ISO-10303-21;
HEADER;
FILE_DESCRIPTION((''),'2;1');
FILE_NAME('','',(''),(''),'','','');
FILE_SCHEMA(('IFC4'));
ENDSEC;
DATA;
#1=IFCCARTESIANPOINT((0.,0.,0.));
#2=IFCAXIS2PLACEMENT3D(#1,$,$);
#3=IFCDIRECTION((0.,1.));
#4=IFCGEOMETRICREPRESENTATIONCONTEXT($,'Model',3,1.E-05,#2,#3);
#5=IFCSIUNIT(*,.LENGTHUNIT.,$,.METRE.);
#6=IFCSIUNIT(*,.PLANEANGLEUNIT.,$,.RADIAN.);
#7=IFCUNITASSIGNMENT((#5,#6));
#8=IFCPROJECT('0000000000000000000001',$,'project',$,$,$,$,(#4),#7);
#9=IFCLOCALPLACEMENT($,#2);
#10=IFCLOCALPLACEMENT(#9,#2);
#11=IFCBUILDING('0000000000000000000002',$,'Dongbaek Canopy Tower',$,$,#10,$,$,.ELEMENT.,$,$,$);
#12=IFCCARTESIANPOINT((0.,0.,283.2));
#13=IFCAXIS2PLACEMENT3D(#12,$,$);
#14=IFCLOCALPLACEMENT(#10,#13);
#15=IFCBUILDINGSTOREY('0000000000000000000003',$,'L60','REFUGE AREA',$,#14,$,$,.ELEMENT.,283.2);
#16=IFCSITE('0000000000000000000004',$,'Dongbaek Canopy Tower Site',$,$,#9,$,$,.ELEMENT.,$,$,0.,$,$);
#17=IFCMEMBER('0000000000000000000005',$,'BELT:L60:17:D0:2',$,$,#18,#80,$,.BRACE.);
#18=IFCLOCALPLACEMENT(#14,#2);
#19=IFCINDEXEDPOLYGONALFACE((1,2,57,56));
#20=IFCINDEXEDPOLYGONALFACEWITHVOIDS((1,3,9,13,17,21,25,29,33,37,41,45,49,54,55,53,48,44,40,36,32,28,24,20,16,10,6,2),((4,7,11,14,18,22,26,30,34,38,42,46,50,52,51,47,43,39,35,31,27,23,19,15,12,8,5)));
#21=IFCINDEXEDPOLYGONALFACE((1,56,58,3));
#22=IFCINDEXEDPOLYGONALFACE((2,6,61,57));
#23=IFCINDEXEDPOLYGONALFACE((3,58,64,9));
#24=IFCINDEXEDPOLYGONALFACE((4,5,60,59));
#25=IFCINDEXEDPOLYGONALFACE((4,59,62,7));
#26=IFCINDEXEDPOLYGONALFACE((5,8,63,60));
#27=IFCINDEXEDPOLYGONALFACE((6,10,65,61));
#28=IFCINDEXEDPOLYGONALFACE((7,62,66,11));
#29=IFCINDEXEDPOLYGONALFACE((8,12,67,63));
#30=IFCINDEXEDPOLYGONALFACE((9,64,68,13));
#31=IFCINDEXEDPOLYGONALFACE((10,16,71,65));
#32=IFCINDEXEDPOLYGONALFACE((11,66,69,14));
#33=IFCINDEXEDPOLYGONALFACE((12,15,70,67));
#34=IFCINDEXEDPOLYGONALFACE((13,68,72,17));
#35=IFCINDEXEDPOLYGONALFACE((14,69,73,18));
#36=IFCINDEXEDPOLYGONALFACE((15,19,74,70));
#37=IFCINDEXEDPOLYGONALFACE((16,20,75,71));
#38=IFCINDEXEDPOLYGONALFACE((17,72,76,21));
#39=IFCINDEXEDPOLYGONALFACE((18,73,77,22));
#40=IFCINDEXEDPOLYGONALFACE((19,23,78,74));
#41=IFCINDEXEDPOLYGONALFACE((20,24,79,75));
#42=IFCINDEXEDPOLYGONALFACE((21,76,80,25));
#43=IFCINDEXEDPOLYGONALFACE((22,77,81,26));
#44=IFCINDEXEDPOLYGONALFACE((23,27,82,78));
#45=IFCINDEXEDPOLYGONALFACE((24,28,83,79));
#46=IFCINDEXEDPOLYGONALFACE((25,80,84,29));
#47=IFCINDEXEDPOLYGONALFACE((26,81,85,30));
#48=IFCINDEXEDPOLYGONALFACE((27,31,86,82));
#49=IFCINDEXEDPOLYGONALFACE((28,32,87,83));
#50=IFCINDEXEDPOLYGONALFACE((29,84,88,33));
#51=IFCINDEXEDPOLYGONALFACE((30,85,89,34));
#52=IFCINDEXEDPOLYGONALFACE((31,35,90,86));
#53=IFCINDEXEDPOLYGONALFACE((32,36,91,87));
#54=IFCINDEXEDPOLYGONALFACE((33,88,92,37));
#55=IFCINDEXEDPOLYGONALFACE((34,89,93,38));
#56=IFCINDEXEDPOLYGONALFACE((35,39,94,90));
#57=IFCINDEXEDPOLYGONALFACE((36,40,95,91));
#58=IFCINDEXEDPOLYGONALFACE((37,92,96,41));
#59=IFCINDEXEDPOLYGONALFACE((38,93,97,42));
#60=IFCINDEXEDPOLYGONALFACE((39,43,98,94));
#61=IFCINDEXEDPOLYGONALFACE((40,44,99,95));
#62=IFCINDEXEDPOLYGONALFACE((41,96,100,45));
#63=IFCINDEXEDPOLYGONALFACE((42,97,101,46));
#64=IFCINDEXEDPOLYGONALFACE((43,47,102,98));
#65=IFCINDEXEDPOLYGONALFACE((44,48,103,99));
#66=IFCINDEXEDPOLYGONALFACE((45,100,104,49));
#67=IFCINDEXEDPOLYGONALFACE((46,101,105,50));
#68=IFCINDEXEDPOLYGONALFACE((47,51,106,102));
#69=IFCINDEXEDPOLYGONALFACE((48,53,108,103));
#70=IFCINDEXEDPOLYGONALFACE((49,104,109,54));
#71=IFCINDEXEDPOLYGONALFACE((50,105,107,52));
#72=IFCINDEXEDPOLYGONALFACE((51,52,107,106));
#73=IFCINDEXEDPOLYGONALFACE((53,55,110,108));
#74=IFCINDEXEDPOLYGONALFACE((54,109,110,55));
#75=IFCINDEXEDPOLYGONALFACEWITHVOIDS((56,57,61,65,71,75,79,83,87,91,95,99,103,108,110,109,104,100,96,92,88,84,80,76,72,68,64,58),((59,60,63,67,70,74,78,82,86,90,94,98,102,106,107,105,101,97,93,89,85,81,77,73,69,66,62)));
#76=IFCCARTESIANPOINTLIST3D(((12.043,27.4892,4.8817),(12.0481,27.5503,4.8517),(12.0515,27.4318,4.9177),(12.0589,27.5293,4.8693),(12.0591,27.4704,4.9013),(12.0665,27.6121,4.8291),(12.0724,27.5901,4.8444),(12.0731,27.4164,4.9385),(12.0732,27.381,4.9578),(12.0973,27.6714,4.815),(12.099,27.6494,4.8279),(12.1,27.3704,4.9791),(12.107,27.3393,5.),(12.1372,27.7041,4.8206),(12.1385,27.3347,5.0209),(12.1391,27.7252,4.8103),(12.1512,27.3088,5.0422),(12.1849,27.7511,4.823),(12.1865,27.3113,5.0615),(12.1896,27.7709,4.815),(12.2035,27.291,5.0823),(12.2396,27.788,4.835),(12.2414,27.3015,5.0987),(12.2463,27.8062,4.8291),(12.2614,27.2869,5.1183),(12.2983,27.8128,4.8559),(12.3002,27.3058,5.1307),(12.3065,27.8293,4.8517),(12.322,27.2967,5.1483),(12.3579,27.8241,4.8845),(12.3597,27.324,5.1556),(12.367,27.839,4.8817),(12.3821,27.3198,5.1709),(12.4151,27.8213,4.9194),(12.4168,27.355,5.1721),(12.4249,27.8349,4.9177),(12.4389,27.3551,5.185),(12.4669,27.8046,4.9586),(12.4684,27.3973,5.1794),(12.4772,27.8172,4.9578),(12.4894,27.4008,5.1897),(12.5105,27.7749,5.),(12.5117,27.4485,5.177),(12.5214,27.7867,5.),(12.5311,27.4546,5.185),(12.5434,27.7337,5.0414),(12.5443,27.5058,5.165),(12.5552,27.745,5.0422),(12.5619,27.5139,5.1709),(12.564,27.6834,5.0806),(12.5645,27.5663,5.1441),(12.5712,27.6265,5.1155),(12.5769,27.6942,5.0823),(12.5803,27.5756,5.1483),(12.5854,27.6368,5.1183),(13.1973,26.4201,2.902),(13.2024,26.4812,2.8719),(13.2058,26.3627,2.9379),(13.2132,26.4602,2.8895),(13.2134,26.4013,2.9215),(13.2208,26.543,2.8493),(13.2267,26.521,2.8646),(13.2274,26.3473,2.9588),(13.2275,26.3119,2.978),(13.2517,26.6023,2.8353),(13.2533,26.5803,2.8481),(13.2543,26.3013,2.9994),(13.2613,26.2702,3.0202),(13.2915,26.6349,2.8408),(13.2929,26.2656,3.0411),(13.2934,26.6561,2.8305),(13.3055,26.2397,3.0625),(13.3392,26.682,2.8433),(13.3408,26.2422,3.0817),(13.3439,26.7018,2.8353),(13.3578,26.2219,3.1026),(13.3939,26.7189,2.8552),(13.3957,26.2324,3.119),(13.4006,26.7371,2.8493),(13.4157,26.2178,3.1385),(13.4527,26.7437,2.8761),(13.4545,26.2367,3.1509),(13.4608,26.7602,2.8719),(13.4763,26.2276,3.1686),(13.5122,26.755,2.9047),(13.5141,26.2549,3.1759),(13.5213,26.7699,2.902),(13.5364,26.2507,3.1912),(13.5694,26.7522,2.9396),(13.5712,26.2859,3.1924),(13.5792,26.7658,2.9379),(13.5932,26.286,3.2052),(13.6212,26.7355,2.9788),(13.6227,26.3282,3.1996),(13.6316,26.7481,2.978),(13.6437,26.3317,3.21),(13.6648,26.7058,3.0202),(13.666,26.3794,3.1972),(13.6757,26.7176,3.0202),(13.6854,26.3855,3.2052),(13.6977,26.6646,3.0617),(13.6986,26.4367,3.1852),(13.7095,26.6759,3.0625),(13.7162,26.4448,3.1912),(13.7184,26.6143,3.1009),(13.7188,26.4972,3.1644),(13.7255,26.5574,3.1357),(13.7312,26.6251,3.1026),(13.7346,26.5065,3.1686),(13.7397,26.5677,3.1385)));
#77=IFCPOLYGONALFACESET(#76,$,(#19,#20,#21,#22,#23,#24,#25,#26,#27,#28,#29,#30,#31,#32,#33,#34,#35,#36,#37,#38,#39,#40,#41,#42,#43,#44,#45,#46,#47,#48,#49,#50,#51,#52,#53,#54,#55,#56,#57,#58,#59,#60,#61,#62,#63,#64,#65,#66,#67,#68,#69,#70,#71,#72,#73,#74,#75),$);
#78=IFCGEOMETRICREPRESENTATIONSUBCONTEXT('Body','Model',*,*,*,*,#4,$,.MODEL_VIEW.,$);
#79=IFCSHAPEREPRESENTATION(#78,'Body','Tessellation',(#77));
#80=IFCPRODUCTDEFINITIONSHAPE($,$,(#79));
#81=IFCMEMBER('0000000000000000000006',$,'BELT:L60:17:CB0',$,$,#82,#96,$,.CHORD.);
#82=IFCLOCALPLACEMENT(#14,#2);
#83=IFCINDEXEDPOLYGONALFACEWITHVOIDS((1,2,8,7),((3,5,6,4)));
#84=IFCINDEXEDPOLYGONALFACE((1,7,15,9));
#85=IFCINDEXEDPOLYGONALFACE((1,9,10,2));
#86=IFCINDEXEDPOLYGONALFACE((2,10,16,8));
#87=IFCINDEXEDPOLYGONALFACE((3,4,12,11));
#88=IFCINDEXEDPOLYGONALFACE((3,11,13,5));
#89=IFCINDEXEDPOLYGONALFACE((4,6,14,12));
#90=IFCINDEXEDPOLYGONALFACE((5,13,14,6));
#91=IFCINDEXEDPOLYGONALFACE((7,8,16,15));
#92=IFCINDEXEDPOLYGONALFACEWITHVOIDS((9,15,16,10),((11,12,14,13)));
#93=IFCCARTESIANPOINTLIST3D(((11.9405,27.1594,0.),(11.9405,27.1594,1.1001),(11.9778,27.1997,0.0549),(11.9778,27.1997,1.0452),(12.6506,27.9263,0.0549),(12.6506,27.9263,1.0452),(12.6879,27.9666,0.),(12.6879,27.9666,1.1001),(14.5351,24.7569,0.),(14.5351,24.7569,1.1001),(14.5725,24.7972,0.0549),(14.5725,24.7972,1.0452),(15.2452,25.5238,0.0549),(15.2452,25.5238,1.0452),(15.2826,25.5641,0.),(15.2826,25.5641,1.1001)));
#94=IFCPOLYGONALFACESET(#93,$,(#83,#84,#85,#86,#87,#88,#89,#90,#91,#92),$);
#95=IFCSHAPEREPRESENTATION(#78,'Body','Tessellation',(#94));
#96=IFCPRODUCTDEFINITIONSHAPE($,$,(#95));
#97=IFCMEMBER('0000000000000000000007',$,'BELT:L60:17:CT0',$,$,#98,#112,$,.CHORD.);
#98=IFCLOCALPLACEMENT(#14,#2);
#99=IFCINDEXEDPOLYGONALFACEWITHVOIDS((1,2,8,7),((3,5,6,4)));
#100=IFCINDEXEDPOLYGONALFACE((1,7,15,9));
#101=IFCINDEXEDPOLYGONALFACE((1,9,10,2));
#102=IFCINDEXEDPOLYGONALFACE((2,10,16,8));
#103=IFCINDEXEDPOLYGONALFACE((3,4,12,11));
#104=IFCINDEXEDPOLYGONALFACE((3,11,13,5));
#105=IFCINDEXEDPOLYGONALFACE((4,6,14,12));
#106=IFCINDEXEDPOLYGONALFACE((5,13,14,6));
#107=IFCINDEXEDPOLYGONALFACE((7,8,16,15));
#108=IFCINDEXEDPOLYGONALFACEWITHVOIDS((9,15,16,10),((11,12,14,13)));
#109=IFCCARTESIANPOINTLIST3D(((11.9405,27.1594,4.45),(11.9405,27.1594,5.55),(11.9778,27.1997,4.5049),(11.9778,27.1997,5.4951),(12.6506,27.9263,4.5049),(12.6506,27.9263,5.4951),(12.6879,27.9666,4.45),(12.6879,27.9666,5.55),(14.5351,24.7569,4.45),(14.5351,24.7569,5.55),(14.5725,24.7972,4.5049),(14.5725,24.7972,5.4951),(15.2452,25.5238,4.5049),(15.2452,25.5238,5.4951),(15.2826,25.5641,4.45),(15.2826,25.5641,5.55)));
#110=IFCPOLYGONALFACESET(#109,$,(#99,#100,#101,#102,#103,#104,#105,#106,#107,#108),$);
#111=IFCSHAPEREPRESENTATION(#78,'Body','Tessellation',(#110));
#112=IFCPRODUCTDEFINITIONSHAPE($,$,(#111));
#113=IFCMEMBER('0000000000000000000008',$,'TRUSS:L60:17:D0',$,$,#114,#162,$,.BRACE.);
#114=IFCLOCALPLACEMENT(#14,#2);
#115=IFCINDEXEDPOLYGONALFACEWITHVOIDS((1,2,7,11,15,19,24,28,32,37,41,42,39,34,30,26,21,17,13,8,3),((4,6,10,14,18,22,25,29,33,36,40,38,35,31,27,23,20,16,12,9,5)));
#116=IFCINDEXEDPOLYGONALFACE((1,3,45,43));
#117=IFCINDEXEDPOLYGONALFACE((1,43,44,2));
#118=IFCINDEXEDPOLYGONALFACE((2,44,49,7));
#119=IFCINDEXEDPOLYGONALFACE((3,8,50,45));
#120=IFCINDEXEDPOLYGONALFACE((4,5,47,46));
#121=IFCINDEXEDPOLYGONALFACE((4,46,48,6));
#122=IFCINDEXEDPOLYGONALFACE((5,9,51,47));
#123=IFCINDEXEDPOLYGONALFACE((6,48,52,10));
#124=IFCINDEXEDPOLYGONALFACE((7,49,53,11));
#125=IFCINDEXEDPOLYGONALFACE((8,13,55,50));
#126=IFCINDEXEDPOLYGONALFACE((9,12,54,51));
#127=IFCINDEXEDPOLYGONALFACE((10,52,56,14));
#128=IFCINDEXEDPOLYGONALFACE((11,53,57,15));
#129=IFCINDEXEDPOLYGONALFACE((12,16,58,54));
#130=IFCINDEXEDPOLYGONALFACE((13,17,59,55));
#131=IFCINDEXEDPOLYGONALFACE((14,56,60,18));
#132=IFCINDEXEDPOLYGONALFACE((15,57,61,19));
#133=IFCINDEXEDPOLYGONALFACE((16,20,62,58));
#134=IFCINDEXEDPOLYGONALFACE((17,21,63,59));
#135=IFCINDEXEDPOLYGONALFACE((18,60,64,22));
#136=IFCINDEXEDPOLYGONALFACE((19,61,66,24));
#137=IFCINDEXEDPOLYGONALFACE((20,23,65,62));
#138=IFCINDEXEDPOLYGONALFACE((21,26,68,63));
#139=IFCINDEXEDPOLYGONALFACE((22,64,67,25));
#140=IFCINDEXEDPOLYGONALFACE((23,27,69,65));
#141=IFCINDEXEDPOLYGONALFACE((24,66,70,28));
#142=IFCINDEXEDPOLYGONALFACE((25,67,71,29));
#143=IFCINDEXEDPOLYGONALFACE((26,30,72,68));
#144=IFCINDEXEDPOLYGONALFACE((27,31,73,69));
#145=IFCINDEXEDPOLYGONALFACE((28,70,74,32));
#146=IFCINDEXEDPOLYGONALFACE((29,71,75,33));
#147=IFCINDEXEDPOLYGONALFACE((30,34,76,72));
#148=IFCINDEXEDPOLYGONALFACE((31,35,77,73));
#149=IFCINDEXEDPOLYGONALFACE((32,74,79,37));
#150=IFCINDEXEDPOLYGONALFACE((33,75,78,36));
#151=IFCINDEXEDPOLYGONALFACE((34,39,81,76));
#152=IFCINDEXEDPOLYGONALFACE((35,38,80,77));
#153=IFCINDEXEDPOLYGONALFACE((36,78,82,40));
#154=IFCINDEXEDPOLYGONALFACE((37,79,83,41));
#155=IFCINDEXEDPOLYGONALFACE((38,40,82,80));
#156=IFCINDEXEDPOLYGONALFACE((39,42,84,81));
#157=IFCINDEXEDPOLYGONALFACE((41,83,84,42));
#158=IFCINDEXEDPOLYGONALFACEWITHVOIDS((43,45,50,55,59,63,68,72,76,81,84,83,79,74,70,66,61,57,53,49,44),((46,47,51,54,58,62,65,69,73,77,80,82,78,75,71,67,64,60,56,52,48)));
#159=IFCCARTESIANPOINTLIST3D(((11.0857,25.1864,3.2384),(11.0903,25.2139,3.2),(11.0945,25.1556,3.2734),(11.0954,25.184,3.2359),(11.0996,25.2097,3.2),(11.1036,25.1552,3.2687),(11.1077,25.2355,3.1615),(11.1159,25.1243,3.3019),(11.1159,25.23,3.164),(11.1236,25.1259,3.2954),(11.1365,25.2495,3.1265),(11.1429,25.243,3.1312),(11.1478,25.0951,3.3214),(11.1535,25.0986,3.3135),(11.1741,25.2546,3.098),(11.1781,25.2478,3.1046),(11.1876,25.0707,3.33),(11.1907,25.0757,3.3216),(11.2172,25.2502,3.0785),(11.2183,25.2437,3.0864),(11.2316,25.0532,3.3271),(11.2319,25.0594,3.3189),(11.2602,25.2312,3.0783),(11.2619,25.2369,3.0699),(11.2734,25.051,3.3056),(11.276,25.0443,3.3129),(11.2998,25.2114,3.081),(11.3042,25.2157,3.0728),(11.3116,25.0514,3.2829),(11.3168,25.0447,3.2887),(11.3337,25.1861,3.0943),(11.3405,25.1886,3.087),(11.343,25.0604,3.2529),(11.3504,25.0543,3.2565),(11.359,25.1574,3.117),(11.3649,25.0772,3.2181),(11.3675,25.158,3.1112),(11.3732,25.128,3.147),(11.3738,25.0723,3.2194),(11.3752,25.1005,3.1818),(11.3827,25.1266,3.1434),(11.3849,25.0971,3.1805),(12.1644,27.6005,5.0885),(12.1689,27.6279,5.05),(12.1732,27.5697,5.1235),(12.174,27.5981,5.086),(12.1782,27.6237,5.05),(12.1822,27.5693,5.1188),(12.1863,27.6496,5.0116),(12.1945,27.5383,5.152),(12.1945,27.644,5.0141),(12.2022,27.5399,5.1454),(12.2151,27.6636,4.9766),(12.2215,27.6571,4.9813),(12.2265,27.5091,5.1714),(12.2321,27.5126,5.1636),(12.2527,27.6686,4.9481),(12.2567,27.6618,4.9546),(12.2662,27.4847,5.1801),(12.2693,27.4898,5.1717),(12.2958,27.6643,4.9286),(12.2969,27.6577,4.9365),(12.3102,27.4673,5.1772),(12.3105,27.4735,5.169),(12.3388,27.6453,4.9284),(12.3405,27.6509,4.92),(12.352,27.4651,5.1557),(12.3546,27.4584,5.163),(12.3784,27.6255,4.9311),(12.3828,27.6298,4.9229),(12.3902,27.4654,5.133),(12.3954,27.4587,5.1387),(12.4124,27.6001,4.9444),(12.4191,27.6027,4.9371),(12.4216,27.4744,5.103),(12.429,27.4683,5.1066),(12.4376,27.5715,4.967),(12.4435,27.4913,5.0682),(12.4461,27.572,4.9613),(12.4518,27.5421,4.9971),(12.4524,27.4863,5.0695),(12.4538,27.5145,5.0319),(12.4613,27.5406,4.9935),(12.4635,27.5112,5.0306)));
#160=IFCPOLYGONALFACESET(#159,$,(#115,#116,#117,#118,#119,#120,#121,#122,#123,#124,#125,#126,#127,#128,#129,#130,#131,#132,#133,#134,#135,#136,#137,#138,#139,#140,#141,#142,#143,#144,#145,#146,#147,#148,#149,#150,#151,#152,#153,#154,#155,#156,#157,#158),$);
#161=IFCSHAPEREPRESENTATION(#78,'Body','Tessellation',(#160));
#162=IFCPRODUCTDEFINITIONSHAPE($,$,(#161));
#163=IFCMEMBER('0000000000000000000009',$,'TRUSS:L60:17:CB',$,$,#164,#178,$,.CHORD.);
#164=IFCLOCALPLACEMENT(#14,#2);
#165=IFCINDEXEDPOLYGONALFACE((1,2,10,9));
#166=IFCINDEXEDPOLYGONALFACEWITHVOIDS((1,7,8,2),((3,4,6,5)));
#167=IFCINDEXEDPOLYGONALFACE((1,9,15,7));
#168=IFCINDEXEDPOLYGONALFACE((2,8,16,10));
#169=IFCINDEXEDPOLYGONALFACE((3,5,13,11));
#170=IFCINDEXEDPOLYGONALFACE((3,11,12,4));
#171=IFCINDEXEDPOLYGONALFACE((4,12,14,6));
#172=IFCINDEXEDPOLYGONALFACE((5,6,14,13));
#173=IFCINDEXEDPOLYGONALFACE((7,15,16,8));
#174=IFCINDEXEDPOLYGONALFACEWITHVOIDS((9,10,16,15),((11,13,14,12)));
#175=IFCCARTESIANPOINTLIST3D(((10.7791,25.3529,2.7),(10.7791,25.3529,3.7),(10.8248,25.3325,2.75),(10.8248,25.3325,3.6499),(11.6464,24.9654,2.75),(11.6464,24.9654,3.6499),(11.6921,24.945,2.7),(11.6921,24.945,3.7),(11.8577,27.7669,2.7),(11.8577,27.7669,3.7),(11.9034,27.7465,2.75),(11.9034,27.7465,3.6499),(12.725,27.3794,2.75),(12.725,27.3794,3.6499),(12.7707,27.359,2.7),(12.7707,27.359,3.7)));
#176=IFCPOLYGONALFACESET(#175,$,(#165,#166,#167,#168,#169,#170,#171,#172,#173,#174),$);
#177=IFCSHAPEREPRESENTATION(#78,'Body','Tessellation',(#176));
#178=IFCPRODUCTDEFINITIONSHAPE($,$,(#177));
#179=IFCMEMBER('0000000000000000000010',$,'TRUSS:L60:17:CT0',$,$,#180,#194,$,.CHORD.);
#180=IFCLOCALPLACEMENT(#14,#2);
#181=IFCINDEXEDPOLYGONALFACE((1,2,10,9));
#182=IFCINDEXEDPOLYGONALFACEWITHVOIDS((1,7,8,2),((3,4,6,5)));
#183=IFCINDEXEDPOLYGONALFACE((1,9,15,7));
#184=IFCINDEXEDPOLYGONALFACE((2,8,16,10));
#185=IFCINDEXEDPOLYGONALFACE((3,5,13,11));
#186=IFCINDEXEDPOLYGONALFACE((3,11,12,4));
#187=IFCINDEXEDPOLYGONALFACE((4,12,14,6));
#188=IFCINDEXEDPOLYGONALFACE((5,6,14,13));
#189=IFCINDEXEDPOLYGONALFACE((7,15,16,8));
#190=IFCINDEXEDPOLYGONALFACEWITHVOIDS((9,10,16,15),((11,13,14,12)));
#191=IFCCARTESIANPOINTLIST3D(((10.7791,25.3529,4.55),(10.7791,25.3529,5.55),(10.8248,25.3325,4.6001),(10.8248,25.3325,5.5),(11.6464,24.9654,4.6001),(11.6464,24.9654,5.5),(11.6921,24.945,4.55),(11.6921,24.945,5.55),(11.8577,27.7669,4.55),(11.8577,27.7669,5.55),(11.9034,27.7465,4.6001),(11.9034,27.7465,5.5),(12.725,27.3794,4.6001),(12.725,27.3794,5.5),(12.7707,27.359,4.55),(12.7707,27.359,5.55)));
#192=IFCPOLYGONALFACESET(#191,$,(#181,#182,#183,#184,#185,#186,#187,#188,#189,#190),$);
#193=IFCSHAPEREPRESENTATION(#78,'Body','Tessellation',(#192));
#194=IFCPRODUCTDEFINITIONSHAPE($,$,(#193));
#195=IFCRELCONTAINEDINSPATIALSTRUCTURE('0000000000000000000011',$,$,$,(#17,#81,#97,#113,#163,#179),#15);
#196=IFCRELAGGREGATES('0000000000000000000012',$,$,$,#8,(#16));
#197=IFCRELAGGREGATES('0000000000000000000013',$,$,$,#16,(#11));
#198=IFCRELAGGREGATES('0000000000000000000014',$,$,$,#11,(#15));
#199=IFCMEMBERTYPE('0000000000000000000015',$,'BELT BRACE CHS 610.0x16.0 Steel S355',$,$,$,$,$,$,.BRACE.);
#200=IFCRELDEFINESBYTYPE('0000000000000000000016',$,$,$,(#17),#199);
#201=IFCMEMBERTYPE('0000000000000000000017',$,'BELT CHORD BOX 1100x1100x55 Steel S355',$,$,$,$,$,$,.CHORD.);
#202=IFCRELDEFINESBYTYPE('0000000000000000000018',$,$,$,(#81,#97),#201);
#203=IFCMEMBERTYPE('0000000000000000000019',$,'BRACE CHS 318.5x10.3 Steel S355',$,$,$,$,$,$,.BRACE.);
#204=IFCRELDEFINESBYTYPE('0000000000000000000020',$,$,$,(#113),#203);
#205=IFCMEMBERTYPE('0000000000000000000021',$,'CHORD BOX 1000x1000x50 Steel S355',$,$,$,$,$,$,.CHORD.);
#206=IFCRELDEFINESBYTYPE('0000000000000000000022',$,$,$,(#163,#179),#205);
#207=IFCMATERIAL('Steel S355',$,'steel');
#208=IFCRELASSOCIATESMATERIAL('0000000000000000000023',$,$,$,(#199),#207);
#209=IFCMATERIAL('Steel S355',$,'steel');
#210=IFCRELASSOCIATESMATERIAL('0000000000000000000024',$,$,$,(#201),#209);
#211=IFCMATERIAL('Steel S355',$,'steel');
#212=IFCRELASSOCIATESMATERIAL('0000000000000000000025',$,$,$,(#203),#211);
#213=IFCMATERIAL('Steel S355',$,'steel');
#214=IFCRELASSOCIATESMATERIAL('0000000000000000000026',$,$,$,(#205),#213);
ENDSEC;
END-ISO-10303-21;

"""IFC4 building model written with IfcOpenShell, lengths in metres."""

from ifc_helpers import new_model, si_unit, direction, frame, origin, origin_2d, place, context, subcontext, project, spatial, hollow_rectangle, hollow_circle, extrude, material, material_profile, profile_set, type_object, element, save


model = new_model("IFC4")

# Units and contexts
model_context = context("Model", 3, precision=1e-05, world=origin(), true_north=direction((0.0, 1.0)))
body_context = subcontext(model_context, "Body", "Model", "MODEL_VIEW")
ifc_project = project(units=[si_unit("LENGTHUNIT", "METRE"), si_unit("PLANEANGLEUNIT", "RADIAN")], contexts=[model_context])

# Site, building, storey
site_placement = place(None, origin())
site = spatial("IfcSite", under=ifc_project, at=site_placement, Name="Dongbaek Canopy Tower Site", CompositionType="ELEMENT", RefElevation=0.0)
building_placement = place(site_placement, origin())
building = spatial("IfcBuilding", under=site, at=building_placement, Name="Dongbaek Canopy Tower", CompositionType="ELEMENT")
storey_placement = place(building_placement, frame((0.0, 0.0, 283.2)))
storey = spatial("IfcBuildingStorey", under=building, at=storey_placement, Name="L60", Description="REFUGE AREA", CompositionType="ELEMENT", Elevation=283.2)

# Members
ifc_material_1 = material(Name="Steel S355", Category="steel")
ifc_material_profile_1 = material_profile(ifc_material_1, hollow_circle(Radius=0.3049, WallThickness=0.0161, at=origin_2d()), Name="BELT BRACE CHS 610.0x16.0 Steel S355")
ifc_profile_set_1 = profile_set([ifc_material_profile_1], Name="Steel S355")
member_type_1 = type_object("IfcMemberType", Name="BELT BRACE CHS 610.0x16.0 Steel S355", PredefinedType="BRACE", material=ifc_profile_set_1)
member_1_placement = place(storey_placement, frame((12.3142, 27.563, 5.0), z_axis=(0.456464, -0.42277, -0.782883), x_axis=(0.67951, 0.733666, 0.0)))
element("IfcMember", 1, at=member_1_placement, inside=storey, type_object=member_type_1, Name="BELT:L60:17:D0:2", PredefinedType="BRACE", context=body_context, shape_type="SweptSolid", body=[
    extrude(hollow_circle(Radius=0.3049, WallThickness=0.0161, at=origin_2d()), origin(), (0.0, 0.0, 1.0), 2.5288),
])
ifc_material_2 = material(Name="Steel S355", Category="steel")
ifc_material_profile_2 = material_profile(ifc_material_2, hollow_rectangle(XDim=1.1001, YDim=1.1001, WallThickness=0.0549, at=origin_2d()), Name="BELT CHORD BOX 1100x1100x55 Steel S355")
ifc_profile_set_2 = profile_set([ifc_material_profile_2], Name="Steel S355")
member_type_2 = type_object("IfcMemberType", Name="BELT CHORD BOX 1100x1100x55 Steel S355", PredefinedType="CHORD", material=ifc_profile_set_2)
for number, where, z_axis, x_axis, name in (
    (2, (12.3142, 27.563, 0.55), (0.733752, -0.679418, 0.0), (0.679418, 0.733752, 0.0), "BELT:L60:17:CB0"),
    (3, (12.3142, 27.563, 5.0), (0.733752, -0.679418, 0.0), (0.679418, 0.733752, 0.0), "BELT:L60:17:CT0"),
):
    element("IfcMember", number, at=place(storey_placement, frame(where, z_axis=z_axis, x_axis=x_axis)), inside=storey, type_object=member_type_2, Name=name, PredefinedType="CHORD", context=body_context, shape_type="SweptSolid", body=[
        extrude(hollow_rectangle(XDim=1.1001, YDim=1.1001, WallThickness=0.0549, at=origin_2d()), origin(), (0.0, 0.0, 1.0), 3.5361),
    ])
ifc_material_3 = material(Name="Steel S355", Category="steel")
ifc_material_profile_3 = material_profile(ifc_material_3, hollow_circle(Radius=0.1592, WallThickness=0.0103, at=origin_2d()), Name="BRACE CHS 318.5x10.3 Steel S355")
ifc_profile_set_3 = profile_set([ifc_material_profile_3], Name="Steel S355")
member_type_3 = type_object("IfcMemberType", Name="BRACE CHS 318.5x10.3 Steel S355", PredefinedType="BRACE", material=ifc_profile_set_3)
member_2_placement = place(storey_placement, frame((11.2356, 25.1489, 3.2), z_axis=(0.334239, 0.748067, 0.573306), x_axis=(-0.91301, 0.407937, 0.0)))
element("IfcMember", 4, at=member_2_placement, inside=storey, type_object=member_type_3, Name="TRUSS:L60:17:D0", PredefinedType="BRACE", context=body_context, shape_type="SweptSolid", body=[
    extrude(hollow_circle(Radius=0.1592, WallThickness=0.0103, at=origin_2d()), origin(), (0.0, 0.0, 1.0), 3.2271),
])
ifc_material_4 = material(Name="Steel S355", Category="steel")
ifc_material_profile_4 = material_profile(ifc_material_4, hollow_rectangle(XDim=1.0, YDim=1.0, WallThickness=0.05, at=origin_2d()), Name="CHORD BOX 1000x1000x50 Steel S355")
ifc_profile_set_4 = profile_set([ifc_material_profile_4], Name="Steel S355")
member_type_4 = type_object("IfcMemberType", Name="CHORD BOX 1000x1000x50 Steel S355", PredefinedType="CHORD", material=ifc_profile_set_4)
for number, where, z_axis, x_axis, name in (
    (5, (11.2356, 25.1489, 3.2), (0.407937, 0.91301, 0.0), (-0.91301, 0.407937, 0.0), "TRUSS:L60:17:CB"),
    (6, (11.2356, 25.1489, 5.05), (0.407937, 0.91301, 0.0), (-0.91301, 0.407937, 0.0), "TRUSS:L60:17:CT0"),
):
    element("IfcMember", number, at=place(storey_placement, frame(where, z_axis=z_axis, x_axis=x_axis)), inside=storey, type_object=member_type_4, Name=name, PredefinedType="CHORD", context=body_context, shape_type="SweptSolid", body=[
        extrude(hollow_rectangle(XDim=1.0, YDim=1.0, WallThickness=0.05, at=origin_2d()), origin(), (0.0, 0.0, 1.0), 2.644),
    ])

save(model, "model.ifc")
